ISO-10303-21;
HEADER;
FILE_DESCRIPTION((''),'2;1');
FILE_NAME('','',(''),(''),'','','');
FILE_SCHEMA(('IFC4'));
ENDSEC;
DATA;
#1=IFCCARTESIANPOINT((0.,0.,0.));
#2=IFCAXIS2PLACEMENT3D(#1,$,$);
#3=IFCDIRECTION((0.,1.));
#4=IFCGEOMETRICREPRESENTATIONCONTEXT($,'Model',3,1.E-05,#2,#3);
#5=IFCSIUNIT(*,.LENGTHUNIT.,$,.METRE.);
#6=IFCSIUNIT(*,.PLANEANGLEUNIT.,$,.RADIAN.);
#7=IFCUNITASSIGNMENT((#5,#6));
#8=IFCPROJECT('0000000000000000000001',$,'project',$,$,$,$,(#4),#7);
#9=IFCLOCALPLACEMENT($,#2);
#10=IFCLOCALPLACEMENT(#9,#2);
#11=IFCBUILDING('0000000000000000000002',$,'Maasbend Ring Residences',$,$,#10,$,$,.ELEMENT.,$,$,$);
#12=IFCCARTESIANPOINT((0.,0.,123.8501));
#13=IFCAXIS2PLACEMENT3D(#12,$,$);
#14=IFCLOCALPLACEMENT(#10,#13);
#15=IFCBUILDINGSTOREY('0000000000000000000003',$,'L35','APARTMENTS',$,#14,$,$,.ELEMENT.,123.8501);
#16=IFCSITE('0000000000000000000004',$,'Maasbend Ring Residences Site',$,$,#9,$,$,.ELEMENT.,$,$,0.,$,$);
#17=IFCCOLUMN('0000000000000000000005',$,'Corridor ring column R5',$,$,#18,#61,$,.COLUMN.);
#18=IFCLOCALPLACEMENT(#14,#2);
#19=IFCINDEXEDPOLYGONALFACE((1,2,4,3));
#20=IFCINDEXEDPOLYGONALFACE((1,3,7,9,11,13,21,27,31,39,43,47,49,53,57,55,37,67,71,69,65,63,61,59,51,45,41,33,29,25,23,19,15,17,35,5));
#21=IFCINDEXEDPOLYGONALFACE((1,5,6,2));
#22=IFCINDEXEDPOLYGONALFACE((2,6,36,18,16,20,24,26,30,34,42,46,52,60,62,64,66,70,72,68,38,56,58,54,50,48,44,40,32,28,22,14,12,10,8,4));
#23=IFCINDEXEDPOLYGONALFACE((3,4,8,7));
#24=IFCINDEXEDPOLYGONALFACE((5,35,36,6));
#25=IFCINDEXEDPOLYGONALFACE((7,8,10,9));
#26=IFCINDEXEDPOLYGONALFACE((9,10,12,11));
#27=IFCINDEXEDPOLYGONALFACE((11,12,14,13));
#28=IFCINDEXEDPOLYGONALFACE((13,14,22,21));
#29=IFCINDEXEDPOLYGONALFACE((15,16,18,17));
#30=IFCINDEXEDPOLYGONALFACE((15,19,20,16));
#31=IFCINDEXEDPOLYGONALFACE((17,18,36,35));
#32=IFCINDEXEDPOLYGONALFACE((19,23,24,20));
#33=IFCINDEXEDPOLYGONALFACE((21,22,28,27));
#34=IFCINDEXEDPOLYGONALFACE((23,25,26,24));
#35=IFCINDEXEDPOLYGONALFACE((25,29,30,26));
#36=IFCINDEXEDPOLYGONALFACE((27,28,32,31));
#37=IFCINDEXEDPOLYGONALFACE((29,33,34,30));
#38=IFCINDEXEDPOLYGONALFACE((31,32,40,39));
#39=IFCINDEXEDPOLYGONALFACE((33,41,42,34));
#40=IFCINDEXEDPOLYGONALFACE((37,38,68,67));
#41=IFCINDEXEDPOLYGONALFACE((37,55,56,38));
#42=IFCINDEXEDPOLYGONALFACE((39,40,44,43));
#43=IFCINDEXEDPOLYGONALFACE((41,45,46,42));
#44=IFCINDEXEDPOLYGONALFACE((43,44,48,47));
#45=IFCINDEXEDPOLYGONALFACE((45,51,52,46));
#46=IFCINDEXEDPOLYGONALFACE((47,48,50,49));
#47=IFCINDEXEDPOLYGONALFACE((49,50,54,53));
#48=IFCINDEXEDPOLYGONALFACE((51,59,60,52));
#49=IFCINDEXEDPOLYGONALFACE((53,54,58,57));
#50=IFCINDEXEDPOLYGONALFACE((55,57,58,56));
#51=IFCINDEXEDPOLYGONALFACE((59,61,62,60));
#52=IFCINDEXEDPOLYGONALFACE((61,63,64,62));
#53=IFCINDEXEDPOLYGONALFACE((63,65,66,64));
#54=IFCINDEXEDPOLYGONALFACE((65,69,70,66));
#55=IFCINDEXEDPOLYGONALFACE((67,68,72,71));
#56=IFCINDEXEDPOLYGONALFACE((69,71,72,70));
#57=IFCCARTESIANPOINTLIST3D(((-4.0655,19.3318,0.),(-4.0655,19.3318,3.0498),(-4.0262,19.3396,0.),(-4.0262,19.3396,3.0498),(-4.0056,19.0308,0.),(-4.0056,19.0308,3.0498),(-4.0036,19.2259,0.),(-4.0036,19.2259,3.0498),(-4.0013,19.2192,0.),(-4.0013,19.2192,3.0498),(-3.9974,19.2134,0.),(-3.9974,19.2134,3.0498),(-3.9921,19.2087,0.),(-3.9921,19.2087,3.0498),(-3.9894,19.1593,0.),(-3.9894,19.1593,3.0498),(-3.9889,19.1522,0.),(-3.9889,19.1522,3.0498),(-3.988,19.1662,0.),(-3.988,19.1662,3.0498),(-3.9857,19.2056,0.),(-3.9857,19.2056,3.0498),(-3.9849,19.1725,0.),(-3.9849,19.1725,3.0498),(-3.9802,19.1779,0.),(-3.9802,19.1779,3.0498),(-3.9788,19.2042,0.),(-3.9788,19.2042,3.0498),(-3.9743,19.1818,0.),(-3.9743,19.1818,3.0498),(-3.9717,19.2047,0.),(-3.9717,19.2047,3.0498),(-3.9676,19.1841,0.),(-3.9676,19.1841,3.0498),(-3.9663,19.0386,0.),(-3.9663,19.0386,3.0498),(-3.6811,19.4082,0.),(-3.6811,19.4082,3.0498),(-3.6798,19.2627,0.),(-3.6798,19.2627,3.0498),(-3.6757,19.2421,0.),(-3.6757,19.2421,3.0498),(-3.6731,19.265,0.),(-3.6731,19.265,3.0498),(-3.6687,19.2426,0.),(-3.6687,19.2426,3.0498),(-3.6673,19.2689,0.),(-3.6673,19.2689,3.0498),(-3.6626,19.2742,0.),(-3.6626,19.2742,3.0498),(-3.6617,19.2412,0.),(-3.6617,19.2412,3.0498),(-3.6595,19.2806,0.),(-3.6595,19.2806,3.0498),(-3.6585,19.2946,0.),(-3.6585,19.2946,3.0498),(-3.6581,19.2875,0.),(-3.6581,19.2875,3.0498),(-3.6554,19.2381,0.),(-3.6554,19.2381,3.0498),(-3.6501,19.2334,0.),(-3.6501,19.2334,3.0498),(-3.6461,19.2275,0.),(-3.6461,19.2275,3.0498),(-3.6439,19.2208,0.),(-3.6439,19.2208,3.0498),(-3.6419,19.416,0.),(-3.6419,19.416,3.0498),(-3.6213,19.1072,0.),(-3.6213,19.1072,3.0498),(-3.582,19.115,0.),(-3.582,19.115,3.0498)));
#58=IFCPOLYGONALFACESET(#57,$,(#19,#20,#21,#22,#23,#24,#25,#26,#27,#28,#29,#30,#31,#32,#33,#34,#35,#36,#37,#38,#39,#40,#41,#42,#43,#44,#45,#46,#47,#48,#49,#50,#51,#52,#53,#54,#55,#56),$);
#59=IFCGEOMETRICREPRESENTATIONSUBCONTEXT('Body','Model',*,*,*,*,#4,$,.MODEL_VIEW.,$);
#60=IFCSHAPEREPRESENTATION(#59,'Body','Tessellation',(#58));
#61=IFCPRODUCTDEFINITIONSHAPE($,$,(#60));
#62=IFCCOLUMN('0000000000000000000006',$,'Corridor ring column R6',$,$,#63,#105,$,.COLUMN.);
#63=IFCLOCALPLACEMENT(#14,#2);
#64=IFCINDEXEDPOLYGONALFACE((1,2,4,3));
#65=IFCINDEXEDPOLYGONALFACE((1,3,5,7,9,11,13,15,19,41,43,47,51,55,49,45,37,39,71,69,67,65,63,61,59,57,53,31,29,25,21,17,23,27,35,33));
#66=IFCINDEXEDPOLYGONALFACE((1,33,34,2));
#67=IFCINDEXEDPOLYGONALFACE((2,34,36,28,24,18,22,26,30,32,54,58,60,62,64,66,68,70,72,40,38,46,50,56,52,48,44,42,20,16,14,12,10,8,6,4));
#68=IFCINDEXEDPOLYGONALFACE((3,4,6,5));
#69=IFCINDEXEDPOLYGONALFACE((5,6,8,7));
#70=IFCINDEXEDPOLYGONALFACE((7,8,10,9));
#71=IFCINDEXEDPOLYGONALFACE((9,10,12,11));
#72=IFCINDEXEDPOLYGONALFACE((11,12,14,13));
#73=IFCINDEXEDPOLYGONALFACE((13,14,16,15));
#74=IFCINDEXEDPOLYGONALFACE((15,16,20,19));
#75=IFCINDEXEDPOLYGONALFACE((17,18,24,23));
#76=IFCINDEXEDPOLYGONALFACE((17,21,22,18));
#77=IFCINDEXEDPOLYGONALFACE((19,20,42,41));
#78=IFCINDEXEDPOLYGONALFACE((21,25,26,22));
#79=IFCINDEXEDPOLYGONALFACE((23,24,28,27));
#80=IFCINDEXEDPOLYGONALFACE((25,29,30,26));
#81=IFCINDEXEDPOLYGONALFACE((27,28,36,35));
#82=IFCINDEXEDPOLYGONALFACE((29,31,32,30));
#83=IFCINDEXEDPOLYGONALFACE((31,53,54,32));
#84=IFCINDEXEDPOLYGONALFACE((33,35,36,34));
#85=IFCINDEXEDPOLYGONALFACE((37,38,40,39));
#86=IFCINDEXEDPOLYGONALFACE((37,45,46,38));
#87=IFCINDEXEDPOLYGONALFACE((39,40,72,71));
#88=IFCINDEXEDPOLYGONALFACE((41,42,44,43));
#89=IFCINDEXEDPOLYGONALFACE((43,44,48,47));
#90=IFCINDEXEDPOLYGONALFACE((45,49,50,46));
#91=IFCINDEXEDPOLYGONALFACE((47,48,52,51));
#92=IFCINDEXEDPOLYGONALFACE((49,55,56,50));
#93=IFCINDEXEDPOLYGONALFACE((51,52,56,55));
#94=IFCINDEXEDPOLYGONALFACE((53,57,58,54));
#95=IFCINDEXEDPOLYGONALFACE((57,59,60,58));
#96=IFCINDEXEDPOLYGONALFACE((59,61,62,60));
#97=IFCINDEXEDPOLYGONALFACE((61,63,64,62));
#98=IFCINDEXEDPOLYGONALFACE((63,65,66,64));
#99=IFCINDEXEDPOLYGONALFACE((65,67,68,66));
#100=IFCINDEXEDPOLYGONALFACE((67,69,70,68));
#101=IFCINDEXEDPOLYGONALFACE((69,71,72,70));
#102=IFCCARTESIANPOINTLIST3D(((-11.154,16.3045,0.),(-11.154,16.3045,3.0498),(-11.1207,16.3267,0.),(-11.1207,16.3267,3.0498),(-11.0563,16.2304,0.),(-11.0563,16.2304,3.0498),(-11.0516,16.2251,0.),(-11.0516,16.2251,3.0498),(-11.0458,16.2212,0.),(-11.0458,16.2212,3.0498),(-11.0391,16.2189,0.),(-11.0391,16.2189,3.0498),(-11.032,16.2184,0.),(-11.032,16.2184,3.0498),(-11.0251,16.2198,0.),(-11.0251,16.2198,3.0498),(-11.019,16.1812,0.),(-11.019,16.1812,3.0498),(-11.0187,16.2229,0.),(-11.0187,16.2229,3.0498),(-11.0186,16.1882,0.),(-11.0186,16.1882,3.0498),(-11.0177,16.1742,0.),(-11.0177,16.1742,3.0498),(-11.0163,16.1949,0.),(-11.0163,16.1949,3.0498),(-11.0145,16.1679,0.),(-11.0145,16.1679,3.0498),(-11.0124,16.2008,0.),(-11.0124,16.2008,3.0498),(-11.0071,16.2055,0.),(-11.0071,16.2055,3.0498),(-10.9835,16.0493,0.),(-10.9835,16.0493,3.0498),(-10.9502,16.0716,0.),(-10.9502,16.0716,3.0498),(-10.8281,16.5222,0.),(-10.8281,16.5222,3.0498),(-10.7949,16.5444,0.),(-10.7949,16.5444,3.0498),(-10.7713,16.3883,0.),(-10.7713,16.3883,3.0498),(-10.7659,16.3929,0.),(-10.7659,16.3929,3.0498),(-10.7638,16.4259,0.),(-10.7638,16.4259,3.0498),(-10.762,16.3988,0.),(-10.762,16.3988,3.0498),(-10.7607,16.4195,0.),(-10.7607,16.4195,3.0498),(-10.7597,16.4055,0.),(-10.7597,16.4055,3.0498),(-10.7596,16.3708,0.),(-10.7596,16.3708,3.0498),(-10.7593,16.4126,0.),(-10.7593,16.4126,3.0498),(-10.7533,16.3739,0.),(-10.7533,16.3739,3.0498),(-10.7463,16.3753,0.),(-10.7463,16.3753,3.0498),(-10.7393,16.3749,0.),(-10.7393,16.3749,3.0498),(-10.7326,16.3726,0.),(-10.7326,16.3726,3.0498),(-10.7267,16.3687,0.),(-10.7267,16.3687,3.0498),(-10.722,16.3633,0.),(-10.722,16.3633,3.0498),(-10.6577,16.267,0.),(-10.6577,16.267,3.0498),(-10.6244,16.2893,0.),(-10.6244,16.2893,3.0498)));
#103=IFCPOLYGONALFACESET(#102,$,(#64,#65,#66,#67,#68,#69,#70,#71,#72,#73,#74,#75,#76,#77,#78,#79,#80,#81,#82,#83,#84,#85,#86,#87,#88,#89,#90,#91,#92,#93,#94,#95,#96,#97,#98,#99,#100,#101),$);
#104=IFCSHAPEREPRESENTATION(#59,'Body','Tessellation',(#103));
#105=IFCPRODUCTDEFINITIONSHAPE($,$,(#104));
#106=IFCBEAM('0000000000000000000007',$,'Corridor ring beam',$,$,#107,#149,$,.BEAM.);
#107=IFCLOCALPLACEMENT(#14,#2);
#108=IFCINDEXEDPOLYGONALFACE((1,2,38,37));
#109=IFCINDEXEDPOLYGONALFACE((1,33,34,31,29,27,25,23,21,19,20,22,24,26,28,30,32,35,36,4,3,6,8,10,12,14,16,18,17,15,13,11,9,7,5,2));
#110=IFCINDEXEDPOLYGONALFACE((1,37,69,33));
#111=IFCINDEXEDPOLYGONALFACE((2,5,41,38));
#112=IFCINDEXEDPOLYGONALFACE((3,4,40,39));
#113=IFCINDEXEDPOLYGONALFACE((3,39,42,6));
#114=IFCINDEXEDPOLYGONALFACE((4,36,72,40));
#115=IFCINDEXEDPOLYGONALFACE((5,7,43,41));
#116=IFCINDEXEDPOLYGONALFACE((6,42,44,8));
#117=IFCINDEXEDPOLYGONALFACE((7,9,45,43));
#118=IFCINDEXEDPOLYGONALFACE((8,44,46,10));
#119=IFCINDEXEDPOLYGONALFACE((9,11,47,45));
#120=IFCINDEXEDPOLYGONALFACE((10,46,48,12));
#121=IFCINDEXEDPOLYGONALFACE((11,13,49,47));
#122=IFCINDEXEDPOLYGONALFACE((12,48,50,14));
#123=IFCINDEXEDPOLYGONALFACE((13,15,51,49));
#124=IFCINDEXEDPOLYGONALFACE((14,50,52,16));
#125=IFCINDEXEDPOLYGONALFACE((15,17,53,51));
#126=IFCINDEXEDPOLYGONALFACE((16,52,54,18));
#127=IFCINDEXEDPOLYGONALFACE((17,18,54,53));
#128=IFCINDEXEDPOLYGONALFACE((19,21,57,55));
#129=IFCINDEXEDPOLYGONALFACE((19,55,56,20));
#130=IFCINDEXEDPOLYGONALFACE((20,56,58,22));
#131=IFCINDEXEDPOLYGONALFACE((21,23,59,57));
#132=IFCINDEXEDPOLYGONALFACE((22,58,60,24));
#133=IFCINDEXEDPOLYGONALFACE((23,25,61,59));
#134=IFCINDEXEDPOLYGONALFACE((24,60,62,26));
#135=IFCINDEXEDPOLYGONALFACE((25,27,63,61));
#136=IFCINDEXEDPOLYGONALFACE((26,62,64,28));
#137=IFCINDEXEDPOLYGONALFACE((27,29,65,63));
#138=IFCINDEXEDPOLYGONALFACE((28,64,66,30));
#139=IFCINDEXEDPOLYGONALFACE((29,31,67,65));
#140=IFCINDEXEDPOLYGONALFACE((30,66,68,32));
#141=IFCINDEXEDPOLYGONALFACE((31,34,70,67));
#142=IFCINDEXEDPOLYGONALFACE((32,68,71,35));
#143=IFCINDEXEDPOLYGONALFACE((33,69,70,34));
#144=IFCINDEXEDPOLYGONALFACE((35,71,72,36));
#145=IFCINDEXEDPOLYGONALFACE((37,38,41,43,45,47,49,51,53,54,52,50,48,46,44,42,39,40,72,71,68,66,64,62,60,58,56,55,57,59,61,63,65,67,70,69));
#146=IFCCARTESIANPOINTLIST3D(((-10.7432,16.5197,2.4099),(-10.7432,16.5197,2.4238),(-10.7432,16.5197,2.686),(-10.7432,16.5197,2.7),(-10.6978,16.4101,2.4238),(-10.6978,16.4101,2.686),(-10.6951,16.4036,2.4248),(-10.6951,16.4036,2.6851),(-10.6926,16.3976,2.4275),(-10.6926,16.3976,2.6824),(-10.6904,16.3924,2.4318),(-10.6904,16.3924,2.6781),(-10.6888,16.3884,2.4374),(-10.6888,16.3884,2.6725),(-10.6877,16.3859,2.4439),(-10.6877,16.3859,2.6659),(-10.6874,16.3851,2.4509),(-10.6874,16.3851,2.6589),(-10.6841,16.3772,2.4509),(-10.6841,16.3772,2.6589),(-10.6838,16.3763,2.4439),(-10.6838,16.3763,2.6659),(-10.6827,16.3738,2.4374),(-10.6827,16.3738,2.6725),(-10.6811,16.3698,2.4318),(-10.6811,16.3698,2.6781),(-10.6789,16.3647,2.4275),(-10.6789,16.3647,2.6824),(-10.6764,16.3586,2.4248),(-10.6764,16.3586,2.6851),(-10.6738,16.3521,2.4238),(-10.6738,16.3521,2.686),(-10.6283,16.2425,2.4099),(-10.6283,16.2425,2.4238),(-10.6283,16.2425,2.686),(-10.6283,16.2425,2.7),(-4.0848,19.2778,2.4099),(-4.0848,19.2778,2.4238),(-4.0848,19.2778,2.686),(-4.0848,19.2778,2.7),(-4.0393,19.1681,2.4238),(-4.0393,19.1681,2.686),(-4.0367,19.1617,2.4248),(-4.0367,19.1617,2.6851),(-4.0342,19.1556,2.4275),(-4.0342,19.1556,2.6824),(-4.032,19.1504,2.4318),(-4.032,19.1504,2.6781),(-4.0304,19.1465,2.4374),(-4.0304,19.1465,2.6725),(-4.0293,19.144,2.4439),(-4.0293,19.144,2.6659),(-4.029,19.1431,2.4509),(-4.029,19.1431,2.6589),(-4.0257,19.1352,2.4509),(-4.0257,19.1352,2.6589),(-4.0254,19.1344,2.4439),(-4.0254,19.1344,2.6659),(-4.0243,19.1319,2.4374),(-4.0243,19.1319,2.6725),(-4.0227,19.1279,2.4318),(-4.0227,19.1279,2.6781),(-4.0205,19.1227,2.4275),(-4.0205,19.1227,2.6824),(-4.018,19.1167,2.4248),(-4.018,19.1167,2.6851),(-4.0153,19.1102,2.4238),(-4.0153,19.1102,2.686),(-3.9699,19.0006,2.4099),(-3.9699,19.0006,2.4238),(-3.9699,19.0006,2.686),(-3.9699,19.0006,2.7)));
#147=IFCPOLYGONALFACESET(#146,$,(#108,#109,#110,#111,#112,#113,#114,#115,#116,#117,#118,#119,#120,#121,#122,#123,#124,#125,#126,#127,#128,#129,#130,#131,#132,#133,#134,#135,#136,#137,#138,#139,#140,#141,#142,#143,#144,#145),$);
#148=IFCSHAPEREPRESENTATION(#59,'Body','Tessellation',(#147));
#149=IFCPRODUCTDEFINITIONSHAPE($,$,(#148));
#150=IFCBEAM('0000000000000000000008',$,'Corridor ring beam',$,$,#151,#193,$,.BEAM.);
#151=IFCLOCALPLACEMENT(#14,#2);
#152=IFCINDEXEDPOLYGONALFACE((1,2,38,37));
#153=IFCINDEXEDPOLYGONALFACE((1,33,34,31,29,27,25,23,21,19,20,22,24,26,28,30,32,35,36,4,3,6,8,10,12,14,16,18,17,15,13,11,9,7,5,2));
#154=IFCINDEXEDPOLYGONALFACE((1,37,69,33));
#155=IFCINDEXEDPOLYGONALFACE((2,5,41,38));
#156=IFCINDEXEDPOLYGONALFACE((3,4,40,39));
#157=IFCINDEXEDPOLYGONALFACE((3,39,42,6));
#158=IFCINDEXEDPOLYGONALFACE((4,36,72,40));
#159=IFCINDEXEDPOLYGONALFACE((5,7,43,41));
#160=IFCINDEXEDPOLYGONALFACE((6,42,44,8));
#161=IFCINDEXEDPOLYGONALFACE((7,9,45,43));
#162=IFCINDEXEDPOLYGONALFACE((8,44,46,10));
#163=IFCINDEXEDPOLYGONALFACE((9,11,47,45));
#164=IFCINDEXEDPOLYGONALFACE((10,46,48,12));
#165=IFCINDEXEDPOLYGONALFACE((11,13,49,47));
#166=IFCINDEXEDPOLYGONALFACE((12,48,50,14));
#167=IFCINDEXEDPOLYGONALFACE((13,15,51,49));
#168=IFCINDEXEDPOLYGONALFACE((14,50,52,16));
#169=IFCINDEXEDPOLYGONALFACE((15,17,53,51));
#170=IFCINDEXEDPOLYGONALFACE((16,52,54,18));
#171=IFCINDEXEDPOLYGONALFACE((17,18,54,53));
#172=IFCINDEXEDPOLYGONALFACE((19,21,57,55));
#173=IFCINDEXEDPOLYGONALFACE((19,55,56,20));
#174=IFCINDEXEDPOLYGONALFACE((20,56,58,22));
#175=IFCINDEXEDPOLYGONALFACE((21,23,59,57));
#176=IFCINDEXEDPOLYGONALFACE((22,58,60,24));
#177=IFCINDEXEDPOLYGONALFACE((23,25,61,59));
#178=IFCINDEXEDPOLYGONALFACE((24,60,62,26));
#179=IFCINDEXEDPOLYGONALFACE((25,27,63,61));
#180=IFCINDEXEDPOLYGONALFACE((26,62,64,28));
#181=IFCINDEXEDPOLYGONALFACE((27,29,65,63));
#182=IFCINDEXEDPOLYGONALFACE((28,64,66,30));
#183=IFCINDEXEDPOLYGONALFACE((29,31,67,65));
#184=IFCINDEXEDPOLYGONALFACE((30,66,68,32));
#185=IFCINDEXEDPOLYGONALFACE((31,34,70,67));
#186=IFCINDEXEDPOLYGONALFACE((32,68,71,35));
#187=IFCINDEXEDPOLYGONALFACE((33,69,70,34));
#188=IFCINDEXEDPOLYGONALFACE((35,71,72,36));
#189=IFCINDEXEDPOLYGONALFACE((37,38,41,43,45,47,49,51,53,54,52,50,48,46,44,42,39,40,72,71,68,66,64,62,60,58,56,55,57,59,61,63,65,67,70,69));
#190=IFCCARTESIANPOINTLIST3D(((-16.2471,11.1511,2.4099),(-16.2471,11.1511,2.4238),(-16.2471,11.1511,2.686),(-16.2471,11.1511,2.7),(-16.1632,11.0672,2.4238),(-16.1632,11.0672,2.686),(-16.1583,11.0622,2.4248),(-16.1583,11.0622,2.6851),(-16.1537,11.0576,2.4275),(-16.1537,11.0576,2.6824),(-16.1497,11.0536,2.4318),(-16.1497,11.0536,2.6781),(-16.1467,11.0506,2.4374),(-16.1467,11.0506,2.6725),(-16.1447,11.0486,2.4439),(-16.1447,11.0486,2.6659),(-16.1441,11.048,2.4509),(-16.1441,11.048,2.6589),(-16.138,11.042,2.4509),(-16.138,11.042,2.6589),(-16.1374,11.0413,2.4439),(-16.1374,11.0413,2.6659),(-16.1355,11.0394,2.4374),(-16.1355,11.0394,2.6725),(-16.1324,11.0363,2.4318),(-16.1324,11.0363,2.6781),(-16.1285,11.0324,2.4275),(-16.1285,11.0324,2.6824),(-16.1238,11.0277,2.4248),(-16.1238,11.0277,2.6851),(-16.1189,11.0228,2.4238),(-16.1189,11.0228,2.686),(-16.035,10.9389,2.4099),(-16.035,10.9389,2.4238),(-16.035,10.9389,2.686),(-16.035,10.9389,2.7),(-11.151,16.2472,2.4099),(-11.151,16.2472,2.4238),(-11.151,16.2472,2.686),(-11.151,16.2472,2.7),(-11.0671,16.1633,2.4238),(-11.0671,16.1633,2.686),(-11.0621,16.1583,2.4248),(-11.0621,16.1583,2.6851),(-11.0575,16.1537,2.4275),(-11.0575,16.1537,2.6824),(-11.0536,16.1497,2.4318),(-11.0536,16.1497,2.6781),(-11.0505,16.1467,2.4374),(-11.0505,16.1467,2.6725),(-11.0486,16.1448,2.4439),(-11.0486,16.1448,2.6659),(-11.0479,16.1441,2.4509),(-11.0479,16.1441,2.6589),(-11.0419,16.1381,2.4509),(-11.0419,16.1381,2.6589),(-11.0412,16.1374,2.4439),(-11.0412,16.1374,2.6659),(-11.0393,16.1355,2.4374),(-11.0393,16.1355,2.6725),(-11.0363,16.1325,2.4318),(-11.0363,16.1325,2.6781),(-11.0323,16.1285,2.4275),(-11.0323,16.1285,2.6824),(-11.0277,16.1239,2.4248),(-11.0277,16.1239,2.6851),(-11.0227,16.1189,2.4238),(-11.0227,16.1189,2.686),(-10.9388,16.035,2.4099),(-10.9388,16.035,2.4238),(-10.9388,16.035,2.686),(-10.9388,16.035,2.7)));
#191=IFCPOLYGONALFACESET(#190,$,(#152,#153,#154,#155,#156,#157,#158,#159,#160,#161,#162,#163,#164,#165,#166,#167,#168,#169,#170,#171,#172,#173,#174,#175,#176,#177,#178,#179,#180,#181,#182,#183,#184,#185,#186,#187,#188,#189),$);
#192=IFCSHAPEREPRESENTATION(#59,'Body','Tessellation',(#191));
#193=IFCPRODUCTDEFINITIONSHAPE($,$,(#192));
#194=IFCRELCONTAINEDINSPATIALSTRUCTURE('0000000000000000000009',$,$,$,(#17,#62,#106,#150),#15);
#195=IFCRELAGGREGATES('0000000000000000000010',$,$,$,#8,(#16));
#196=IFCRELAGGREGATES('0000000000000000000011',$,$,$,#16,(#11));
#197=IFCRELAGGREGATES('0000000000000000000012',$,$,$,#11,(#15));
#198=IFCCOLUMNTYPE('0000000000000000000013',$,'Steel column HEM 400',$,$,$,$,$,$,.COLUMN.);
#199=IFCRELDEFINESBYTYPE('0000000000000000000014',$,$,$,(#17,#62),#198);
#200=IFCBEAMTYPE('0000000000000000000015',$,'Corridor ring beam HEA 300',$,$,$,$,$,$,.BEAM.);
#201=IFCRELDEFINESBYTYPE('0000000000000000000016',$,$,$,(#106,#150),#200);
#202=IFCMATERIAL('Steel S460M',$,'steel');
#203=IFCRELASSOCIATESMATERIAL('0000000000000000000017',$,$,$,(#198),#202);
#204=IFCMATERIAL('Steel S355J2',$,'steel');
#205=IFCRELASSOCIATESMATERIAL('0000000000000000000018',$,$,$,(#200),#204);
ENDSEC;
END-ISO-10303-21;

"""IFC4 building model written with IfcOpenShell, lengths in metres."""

from ifc_helpers import new_model, si_unit, direction, frame, origin, origin_2d, place, context, subcontext, project, spatial, i_section, extrude, material, material_profile, profile_set, type_object, element, save


model = new_model("IFC4")

# Units and contexts
model_context = context("Model", 3, precision=1e-05, world=origin(), true_north=direction((0.0, 1.0)))
body_context = subcontext(model_context, "Body", "Model", "MODEL_VIEW")
ifc_project = project(units=[si_unit("LENGTHUNIT", "METRE"), si_unit("PLANEANGLEUNIT", "RADIAN")], contexts=[model_context])

# Site, building, storey
site_placement = place(None, origin())
site = spatial("IfcSite", under=ifc_project, at=site_placement, Name="Maasbend Ring Residences Site", CompositionType="ELEMENT", RefElevation=0.0)
building_placement = place(site_placement, origin())
building = spatial("IfcBuilding", under=site, at=building_placement, Name="Maasbend Ring Residences", CompositionType="ELEMENT")
storey_placement = place(building_placement, frame((0.0, 0.0, 123.8501)))
storey = spatial("IfcBuildingStorey", under=building, at=storey_placement, Name="L35", Description="APARTMENTS", CompositionType="ELEMENT", Elevation=123.8501)

# Columns
ifc_material_1 = material(Name="Steel S460M", Category="steel")
ifc_material_profile_1 = material_profile(ifc_material_1, i_section(OverallWidth=0.3069, OverallDepth=0.4319, WebThickness=0.021, FlangeThickness=0.04, FilletRadius=0.0271, at=origin_2d()), Name="HEM 400")
ifc_profile_set_1 = profile_set([ifc_material_profile_1], Name="Steel S460M")
column_type = type_object("IfcColumnType", Name="Steel column HEM 400", PredefinedType="COLUMN", material=ifc_profile_set_1)
for number, where, z_axis, x_axis, name in (
    (1, (-3.8237, 19.2234, 0.0), (0.0, 0.0, 1.0), (-0.19509, 0.980785, 0.0), "Corridor ring column R5"),
    (2, (-10.8892, 16.2969, 0.0), (0.0, 0.0, 1.0), (-0.55557, 0.83147, 0.0), "Corridor ring column R6"),
):
    element("IfcColumn", number, at=place(storey_placement, frame(where, z_axis=z_axis, x_axis=x_axis)), inside=storey, type_object=column_type, Name=name, PredefinedType="COLUMN", context=body_context, shape_type="SweptSolid", body=[
        extrude(i_section(OverallWidth=0.3069, OverallDepth=0.4319, WebThickness=0.021, FlangeThickness=0.04, FilletRadius=0.0271, at=origin_2d()), origin(), (0.0, 0.0, 1.0), 3.0498),
    ])

# Beams
ifc_material_2 = material(Name="Steel S355J2", Category="steel")
ifc_material_profile_2 = material_profile(ifc_material_2, i_section(OverallWidth=0.3, OverallDepth=0.29, WebThickness=0.0085, FlangeThickness=0.0139, FilletRadius=0.0271, at=origin_2d()), Name="HEA 300")
ifc_profile_set_2 = profile_set([ifc_material_profile_2], Name="Steel S355J2")
beam_type = type_object("IfcBeamType", Name="Corridor ring beam HEA 300", PredefinedType="BEAM", material=ifc_profile_set_2)
for number, where, z_axis, x_axis, name in (
    (3, (-4.0273, 19.1392, 2.5549), (-0.923878, -0.382688, 0.0), (0.382688, -0.923878, 0.0), "Corridor ring beam"),
    (4, (-11.0449, 16.1411, 2.5549), (-0.707107, -0.707107, 0.0), (0.707107, -0.707107, 0.0), "Corridor ring beam"),
):
    element("IfcBeam", number, at=place(storey_placement, frame(where, z_axis=z_axis, x_axis=x_axis)), inside=storey, type_object=beam_type, Name=name, PredefinedType="BEAM", context=body_context, shape_type="SweptSolid", body=[
        extrude(i_section(OverallWidth=0.3, OverallDepth=0.29, WebThickness=0.0085, FlangeThickness=0.0139, FilletRadius=0.0271, at=origin_2d()), origin(), (0.0, 0.0, 1.0), 7.207),
    ])

save(model, "model.ifc")
